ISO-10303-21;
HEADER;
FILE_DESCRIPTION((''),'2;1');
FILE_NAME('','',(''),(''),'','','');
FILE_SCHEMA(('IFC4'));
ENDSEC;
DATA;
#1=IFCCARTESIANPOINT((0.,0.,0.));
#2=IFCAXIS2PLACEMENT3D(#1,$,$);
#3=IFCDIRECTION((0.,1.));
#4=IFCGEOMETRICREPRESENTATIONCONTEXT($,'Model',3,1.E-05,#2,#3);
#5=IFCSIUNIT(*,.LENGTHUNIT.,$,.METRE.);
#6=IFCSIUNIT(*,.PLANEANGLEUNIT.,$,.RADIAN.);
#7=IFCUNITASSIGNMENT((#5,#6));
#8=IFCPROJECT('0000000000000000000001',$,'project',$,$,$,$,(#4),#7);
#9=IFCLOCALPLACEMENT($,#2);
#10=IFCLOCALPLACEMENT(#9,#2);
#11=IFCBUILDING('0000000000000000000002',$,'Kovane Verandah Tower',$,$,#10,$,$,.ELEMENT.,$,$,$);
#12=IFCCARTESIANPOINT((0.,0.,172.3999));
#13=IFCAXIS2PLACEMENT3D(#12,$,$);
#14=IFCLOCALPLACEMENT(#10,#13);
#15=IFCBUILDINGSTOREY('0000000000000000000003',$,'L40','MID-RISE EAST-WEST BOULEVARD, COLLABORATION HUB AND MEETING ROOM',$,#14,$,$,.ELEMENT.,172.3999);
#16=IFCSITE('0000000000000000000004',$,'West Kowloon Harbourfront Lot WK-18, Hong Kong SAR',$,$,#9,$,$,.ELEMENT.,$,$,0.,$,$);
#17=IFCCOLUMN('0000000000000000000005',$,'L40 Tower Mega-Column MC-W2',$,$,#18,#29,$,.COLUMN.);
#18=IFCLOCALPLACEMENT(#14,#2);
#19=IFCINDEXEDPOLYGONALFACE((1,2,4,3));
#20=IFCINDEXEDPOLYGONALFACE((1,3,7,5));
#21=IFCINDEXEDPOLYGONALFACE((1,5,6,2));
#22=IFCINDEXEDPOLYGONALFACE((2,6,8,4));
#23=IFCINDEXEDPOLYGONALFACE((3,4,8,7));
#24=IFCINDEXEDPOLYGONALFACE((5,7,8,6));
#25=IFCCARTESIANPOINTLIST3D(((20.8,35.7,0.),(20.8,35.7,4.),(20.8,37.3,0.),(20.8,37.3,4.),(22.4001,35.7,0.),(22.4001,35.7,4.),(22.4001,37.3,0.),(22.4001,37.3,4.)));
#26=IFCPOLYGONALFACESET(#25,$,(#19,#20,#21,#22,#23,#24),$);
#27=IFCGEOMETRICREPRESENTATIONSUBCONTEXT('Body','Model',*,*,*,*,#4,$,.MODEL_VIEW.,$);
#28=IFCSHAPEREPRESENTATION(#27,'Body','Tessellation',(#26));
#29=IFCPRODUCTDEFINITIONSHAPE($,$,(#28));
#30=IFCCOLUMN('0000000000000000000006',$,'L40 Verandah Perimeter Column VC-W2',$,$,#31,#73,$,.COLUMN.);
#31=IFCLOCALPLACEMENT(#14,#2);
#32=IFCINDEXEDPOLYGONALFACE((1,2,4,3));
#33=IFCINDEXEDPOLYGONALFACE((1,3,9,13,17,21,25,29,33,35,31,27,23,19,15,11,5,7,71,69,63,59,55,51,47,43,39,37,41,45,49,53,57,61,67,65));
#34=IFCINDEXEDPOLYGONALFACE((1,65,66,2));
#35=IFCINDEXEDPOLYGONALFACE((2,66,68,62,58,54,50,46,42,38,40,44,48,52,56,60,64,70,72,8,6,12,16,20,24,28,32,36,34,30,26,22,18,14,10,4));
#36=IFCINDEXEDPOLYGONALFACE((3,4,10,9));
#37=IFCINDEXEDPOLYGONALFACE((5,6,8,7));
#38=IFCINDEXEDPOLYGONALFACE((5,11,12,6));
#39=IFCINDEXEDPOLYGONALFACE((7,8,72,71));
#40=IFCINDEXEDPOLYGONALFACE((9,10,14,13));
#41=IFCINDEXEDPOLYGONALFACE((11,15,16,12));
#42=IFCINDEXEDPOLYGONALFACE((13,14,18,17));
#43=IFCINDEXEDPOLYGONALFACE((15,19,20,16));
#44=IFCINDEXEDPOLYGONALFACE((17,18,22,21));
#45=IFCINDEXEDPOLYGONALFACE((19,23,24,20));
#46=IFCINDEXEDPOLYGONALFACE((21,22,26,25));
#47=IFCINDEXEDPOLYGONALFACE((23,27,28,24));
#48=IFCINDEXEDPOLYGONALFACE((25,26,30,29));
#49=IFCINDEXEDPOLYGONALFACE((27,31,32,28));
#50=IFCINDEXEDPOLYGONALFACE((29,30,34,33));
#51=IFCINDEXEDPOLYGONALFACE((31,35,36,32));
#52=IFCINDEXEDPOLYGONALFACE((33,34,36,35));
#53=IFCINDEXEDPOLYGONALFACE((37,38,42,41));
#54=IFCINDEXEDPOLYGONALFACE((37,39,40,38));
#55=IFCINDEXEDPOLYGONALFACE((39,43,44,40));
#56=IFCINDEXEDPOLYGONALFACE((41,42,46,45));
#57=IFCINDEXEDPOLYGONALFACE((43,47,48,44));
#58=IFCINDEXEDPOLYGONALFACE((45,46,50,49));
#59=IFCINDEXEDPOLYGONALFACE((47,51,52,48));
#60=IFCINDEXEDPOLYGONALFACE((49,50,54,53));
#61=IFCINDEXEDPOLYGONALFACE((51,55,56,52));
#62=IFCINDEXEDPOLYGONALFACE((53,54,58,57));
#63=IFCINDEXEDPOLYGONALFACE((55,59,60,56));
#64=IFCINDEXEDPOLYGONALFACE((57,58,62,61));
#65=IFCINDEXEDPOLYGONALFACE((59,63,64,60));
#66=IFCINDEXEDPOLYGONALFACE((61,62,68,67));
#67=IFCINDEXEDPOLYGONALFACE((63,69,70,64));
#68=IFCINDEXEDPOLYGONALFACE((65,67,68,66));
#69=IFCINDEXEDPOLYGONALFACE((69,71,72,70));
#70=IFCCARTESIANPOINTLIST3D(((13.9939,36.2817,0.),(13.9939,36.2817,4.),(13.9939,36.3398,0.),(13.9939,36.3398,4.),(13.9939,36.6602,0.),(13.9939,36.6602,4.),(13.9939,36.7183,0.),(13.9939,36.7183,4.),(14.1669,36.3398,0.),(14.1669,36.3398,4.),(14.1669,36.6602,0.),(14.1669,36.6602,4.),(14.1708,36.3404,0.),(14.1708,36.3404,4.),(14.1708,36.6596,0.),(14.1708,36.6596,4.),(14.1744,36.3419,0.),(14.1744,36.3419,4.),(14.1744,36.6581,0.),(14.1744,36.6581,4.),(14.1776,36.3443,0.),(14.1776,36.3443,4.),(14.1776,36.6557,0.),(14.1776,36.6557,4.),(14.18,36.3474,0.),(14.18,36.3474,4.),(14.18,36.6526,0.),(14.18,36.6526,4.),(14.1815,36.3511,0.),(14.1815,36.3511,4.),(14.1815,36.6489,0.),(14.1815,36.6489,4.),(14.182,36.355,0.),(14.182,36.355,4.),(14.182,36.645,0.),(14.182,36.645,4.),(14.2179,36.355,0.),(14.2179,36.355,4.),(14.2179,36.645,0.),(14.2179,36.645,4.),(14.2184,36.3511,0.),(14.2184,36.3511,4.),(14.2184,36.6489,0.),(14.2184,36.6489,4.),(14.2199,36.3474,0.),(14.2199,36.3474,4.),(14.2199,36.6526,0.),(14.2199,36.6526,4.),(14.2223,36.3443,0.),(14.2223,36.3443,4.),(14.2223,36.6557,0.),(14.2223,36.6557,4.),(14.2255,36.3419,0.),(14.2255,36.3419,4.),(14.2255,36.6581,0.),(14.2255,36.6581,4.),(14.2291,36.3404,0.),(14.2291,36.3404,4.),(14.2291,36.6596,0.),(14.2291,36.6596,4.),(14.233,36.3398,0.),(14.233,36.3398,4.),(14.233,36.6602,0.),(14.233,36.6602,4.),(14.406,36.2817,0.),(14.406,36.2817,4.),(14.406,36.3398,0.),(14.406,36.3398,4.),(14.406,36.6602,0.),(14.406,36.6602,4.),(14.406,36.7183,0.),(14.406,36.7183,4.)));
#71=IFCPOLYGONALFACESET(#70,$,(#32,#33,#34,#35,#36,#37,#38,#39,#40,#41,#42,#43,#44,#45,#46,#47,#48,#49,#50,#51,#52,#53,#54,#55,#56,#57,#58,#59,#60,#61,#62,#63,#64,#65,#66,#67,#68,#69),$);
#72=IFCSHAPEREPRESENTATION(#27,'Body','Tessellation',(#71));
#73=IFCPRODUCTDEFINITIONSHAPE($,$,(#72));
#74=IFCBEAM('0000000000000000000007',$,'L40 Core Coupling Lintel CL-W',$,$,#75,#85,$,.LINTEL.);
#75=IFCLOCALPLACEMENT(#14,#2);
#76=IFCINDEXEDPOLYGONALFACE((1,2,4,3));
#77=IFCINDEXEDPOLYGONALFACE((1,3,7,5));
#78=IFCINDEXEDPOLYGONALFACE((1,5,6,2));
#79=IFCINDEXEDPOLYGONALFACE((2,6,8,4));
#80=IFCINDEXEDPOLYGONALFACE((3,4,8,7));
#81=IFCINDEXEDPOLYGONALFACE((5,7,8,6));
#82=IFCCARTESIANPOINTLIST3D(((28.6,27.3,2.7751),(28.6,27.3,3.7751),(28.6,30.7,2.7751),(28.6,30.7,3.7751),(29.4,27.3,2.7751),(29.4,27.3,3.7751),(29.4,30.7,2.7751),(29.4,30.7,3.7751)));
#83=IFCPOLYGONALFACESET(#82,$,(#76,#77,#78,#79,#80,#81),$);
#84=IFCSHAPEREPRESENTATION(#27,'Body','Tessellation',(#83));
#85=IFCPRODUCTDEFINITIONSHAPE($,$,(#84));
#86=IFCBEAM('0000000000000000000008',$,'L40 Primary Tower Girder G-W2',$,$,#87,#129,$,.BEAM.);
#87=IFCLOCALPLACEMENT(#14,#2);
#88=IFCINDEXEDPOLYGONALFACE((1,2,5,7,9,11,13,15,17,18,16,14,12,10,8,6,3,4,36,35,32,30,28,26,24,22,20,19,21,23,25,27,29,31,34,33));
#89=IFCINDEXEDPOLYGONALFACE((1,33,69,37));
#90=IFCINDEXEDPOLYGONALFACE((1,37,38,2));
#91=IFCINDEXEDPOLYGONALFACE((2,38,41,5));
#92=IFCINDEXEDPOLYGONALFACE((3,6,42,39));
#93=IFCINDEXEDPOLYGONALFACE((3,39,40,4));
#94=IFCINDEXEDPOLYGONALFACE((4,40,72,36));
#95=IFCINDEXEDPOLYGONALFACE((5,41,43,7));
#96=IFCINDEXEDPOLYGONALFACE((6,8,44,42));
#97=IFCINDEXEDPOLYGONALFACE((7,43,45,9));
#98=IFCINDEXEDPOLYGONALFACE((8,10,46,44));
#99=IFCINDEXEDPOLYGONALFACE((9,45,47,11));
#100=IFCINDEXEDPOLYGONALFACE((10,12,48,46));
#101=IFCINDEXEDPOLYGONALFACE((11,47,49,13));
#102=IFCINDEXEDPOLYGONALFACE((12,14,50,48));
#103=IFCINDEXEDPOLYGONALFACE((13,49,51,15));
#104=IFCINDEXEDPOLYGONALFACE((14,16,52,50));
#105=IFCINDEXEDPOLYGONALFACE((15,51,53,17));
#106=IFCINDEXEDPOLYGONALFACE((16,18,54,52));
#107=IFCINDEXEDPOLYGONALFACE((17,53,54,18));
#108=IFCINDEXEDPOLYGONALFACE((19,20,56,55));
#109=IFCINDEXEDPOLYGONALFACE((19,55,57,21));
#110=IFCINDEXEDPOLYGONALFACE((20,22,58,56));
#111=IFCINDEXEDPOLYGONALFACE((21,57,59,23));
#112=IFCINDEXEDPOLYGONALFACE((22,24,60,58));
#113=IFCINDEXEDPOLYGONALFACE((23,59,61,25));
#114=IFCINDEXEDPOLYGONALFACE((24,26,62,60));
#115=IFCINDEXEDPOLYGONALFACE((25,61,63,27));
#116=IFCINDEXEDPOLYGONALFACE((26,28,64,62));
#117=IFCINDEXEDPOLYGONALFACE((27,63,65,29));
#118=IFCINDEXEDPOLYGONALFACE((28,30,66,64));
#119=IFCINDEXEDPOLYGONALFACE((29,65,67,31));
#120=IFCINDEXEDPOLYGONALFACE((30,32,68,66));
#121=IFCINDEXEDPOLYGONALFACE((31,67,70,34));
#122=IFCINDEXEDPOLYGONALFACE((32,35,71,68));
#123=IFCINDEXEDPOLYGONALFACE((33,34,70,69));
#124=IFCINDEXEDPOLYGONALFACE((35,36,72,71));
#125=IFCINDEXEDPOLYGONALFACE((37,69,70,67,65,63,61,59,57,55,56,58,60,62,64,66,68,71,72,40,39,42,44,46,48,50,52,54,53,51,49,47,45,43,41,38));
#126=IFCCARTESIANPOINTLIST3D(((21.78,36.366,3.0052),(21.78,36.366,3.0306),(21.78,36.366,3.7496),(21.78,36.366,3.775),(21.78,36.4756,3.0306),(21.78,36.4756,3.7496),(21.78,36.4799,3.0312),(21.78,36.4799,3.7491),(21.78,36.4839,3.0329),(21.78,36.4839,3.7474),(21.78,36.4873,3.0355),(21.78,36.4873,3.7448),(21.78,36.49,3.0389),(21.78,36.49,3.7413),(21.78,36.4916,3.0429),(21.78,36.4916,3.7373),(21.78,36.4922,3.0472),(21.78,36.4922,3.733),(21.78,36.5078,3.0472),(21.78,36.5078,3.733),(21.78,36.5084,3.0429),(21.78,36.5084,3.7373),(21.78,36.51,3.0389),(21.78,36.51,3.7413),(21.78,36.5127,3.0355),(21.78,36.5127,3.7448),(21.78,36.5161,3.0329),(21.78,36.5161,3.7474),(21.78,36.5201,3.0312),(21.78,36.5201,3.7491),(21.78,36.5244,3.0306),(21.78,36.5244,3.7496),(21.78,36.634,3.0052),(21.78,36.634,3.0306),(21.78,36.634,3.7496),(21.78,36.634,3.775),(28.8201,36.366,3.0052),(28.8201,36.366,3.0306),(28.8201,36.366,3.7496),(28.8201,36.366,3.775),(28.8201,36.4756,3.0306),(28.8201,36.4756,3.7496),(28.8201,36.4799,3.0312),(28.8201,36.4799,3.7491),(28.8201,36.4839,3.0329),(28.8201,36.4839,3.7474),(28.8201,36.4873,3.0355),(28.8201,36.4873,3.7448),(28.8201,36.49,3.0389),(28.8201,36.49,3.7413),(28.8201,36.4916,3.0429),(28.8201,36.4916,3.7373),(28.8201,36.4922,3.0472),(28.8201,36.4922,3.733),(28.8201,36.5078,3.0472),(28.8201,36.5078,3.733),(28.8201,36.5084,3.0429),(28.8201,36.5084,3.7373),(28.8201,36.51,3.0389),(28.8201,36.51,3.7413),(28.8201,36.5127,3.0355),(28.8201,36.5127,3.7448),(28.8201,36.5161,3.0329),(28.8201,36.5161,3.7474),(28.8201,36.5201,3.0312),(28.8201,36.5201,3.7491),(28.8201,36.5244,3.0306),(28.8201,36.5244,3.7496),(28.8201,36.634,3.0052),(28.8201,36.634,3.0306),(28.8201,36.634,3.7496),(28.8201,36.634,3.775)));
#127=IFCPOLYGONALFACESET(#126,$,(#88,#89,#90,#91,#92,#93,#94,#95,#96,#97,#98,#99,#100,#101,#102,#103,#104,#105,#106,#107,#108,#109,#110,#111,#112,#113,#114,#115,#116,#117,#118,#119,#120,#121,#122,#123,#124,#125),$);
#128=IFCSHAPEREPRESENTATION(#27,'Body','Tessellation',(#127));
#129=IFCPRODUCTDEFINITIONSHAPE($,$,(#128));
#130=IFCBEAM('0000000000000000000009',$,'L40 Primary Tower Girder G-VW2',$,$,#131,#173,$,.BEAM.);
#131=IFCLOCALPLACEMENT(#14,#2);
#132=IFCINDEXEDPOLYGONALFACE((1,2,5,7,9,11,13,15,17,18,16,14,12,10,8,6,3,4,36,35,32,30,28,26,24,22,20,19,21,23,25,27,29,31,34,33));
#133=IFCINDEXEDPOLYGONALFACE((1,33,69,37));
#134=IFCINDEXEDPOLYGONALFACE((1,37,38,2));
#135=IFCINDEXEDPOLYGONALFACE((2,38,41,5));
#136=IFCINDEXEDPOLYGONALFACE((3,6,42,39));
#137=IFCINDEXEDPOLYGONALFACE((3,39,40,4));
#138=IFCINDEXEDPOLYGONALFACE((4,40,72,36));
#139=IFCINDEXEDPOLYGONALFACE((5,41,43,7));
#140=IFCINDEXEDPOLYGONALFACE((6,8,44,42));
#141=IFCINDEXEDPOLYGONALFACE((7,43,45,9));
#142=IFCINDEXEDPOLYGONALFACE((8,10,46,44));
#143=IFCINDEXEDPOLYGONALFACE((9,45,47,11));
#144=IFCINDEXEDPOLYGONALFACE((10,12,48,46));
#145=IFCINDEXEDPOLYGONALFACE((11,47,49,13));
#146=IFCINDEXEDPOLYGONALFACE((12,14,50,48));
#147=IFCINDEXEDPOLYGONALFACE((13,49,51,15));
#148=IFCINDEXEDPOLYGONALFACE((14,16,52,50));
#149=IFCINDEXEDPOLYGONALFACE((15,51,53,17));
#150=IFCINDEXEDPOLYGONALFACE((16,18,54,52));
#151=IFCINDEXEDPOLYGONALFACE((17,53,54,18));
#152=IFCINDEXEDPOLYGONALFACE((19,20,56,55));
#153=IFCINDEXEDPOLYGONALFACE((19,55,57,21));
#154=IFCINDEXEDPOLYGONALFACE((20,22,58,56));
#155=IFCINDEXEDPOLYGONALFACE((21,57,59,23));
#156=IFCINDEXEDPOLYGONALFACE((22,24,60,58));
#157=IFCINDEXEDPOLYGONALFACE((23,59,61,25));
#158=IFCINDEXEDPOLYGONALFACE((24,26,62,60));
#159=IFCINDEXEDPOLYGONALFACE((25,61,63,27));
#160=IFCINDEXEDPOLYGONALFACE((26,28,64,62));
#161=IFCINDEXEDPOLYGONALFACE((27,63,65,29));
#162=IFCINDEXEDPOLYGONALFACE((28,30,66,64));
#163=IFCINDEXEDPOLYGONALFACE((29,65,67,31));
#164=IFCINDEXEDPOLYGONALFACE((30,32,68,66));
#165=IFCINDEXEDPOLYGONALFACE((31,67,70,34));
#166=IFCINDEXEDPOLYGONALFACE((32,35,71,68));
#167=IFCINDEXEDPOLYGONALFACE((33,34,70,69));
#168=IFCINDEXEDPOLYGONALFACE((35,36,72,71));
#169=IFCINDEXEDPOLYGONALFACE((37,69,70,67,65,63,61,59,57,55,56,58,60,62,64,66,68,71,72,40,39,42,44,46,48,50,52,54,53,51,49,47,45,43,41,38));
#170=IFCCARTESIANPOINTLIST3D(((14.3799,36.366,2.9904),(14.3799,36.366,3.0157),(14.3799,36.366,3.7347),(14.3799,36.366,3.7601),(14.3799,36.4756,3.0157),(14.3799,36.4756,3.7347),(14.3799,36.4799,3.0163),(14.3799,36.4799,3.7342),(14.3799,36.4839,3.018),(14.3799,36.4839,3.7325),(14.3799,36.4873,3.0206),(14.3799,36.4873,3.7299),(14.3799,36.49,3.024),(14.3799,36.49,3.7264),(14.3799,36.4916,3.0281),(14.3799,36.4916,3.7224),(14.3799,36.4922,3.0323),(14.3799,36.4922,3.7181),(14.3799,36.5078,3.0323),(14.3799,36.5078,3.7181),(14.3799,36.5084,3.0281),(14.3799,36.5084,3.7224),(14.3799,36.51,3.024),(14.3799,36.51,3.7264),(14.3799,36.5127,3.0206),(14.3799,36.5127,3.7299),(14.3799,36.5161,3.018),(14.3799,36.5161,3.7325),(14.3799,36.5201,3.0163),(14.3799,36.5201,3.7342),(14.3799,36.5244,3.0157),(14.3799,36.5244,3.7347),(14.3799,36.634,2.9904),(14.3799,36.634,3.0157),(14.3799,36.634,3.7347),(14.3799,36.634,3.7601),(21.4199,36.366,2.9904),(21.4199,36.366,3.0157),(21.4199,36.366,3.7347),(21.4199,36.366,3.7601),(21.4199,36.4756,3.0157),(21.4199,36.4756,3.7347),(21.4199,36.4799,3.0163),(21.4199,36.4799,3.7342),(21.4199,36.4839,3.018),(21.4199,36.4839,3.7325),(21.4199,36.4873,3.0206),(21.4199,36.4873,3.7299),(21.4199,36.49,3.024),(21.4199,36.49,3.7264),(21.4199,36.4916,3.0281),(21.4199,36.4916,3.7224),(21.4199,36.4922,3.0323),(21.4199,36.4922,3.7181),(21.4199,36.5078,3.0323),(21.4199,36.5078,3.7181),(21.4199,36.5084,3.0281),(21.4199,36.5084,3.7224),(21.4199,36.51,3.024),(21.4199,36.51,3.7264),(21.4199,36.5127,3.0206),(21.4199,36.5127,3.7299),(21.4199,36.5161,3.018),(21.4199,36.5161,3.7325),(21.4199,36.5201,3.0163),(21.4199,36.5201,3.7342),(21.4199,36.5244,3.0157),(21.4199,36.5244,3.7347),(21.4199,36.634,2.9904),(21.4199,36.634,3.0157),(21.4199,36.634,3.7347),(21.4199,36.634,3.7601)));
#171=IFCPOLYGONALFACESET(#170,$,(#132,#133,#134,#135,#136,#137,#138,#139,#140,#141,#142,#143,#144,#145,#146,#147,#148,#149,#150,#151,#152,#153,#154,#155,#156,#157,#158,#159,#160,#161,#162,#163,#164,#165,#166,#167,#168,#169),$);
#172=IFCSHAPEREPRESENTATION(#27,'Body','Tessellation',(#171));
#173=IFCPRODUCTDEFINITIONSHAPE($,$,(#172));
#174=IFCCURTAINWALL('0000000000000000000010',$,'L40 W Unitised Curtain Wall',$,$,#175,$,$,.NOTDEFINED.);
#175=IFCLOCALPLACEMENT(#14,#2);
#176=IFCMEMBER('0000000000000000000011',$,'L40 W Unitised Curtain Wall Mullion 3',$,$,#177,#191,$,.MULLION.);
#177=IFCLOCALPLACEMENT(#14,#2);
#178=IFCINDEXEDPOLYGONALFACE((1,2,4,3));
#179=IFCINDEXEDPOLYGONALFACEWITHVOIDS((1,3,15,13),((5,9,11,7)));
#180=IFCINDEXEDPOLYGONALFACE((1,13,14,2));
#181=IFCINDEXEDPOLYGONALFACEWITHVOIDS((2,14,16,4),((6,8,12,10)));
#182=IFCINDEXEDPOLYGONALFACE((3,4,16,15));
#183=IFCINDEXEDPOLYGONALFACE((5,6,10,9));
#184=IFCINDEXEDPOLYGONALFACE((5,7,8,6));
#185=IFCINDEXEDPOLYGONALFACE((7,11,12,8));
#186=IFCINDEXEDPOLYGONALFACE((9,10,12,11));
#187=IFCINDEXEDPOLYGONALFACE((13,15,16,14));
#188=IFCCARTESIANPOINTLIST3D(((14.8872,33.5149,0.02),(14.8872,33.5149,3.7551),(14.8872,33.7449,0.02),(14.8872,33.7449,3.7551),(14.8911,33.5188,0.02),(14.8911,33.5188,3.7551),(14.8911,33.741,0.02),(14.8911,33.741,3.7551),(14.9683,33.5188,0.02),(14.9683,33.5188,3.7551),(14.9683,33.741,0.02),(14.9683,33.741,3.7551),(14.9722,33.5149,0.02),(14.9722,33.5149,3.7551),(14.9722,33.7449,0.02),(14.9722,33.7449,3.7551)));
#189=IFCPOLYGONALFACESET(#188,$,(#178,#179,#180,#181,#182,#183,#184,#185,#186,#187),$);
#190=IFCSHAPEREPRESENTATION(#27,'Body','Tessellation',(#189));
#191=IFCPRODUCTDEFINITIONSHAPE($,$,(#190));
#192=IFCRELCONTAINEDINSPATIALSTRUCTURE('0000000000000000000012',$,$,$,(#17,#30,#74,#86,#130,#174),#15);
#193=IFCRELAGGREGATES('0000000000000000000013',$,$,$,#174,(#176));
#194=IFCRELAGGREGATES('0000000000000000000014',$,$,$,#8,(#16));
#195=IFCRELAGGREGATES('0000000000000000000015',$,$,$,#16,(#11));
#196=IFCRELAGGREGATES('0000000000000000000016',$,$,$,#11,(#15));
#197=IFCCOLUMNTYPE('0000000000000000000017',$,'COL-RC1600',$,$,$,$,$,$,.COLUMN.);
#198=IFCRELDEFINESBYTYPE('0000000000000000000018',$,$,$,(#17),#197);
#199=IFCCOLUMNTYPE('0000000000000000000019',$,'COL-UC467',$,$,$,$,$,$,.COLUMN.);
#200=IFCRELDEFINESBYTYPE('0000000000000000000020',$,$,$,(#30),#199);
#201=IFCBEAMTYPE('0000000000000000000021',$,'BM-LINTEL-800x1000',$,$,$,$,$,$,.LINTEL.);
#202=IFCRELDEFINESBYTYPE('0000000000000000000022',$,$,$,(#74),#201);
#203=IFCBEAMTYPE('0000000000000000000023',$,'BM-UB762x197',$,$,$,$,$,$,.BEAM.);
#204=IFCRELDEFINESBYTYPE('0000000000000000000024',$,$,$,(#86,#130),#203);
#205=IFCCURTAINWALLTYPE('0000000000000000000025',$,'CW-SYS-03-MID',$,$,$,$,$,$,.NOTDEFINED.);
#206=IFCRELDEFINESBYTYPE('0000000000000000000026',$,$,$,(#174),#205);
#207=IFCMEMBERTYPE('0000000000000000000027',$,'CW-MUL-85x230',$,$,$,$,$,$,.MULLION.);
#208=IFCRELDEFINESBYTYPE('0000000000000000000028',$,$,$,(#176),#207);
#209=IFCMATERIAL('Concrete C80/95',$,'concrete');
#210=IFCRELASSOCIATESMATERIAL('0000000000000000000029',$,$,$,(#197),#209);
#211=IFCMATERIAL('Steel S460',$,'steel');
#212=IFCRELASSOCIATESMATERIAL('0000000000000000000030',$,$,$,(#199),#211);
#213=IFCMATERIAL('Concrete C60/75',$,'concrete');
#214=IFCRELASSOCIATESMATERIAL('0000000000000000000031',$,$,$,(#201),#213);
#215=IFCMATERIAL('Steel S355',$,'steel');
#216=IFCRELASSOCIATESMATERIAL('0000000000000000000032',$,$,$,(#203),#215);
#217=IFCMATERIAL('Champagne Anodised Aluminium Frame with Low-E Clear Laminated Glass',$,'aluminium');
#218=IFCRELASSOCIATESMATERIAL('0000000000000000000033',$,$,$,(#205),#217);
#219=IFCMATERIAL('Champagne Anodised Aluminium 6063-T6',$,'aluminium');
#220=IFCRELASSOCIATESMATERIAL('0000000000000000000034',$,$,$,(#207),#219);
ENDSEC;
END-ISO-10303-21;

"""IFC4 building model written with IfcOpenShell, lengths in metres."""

from ifc_helpers import new_model, si_unit, direction, frame, origin, origin_2d, place, context, subcontext, project, spatial, rectangle, hollow_rectangle, i_section, extrude, material, material_profile, profile_set, type_object, element, aggregate, save


model = new_model("IFC4")

# Units and contexts
model_context = context("Model", 3, precision=1e-05, world=origin(), true_north=direction((0.0, 1.0)))
body_context = subcontext(model_context, "Body", "Model", "MODEL_VIEW")
ifc_project = project(units=[si_unit("LENGTHUNIT", "METRE"), si_unit("PLANEANGLEUNIT", "RADIAN")], contexts=[model_context])

# Site, building, storey
site_placement = place(None, origin())
site = spatial("IfcSite", under=ifc_project, at=site_placement, Name="West Kowloon Harbourfront Lot WK-18, Hong Kong SAR", CompositionType="ELEMENT", RefElevation=0.0)
building_placement = place(site_placement, origin())
building = spatial("IfcBuilding", under=site, at=building_placement, Name="Kovane Verandah Tower", CompositionType="ELEMENT")
storey_placement = place(building_placement, frame((0.0, 0.0, 172.3999)))
storey = spatial("IfcBuildingStorey", under=building, at=storey_placement, Name="L40", Description="MID-RISE EAST-WEST BOULEVARD, COLLABORATION HUB AND MEETING ROOM", CompositionType="ELEMENT", Elevation=172.3999)

# Columns
ifc_material_1 = material(Name="Concrete C80/95", Category="concrete")
ifc_material_profile_1 = material_profile(ifc_material_1, rectangle(XDim=1.6001, YDim=1.6001, at=origin_2d()), Name="RC1600x1600")
ifc_profile_set_1 = profile_set([ifc_material_profile_1], Name="Concrete C80/95")
column_type_1 = type_object("IfcColumnType", Name="COL-RC1600", PredefinedType="COLUMN", material=ifc_profile_set_1)
column_1_placement = place(storey_placement, frame((21.6001, 36.5, 0.0), z_axis=(0.0, 0.0, 1.0), x_axis=(1.0, 0.0, 0.0)))
element("IfcColumn", 1, at=column_1_placement, inside=storey, type_object=column_type_1, Name="L40 Tower Mega-Column MC-W2", PredefinedType="COLUMN", context=body_context, shape_type="SweptSolid", body=[
    extrude(rectangle(XDim=1.6001, YDim=1.6001, at=origin_2d()), origin(), (0.0, 0.0, 1.0), 4.0),
])
ifc_material_2 = material(Name="Steel S460", Category="steel")
ifc_material_profile_2 = material_profile(ifc_material_2, i_section(OverallWidth=0.4121, OverallDepth=0.4365, WebThickness=0.0359, FlangeThickness=0.0581, FilletRadius=0.0151, at=origin_2d()), Name="UC356x406x467")
ifc_profile_set_2 = profile_set([ifc_material_profile_2], Name="Steel S460")
column_type_2 = type_object("IfcColumnType", Name="COL-UC467", PredefinedType="COLUMN", material=ifc_profile_set_2)
column_2_placement = place(storey_placement, frame((14.2, 36.5, 0.0), z_axis=(0.0, 0.0, 1.0), x_axis=(1.0, 0.0, 0.0)))
element("IfcColumn", 2, at=column_2_placement, inside=storey, type_object=column_type_2, Name="L40 Verandah Perimeter Column VC-W2", PredefinedType="COLUMN", context=body_context, shape_type="SweptSolid", body=[
    extrude(i_section(OverallWidth=0.4121, OverallDepth=0.4365, WebThickness=0.0359, FlangeThickness=0.0581, FilletRadius=0.0151, at=origin_2d()), origin(), (0.0, 0.0, 1.0), 4.0),
])

# Beams
ifc_material_3 = material(Name="Concrete C60/75", Category="concrete")
ifc_material_profile_3 = material_profile(ifc_material_3, rectangle(XDim=0.8, YDim=1.0, at=origin_2d()), Name="RCB800x1000")
ifc_profile_set_3 = profile_set([ifc_material_profile_3], Name="Concrete C60/75")
beam_type_1 = type_object("IfcBeamType", Name="BM-LINTEL-800x1000", PredefinedType="LINTEL", material=ifc_profile_set_3)
beam_1_placement = place(storey_placement, frame((29.0, 27.3, 3.2751), z_axis=(0.0, 1.0, 0.0), x_axis=(-1.0, 0.0, 0.0)))
element("IfcBeam", 3, at=beam_1_placement, inside=storey, type_object=beam_type_1, Name="L40 Core Coupling Lintel CL-W", PredefinedType="LINTEL", context=body_context, shape_type="SweptSolid", body=[
    extrude(rectangle(XDim=0.8, YDim=1.0, at=origin_2d()), origin(), (0.0, 0.0, 1.0), 3.3999),
])
ifc_material_4 = material(Name="Steel S355", Category="steel")
ifc_material_profile_4 = material_profile(ifc_material_4, i_section(OverallWidth=0.2681, OverallDepth=0.7698, WebThickness=0.0156, FlangeThickness=0.0254, FilletRadius=0.0166, at=origin_2d()), Name="UB762x267x197")
ifc_profile_set_4 = profile_set([ifc_material_profile_4], Name="Steel S355")
beam_type_2 = type_object("IfcBeamType", Name="BM-UB762x197", PredefinedType="BEAM", material=ifc_profile_set_4)
for number, where, z_axis, x_axis, name in (
    (4, (28.8201, 36.5, 3.3901), (-1.0, 0.0, 0.0), (0.0, -1.0, 0.0), "L40 Primary Tower Girder G-W2"),
    (5, (21.4199, 36.5, 3.3752), (-1.0, 0.0, 0.0), (0.0, -1.0, 0.0), "L40 Primary Tower Girder G-VW2"),
):
    element("IfcBeam", number, at=place(storey_placement, frame(where, z_axis=z_axis, x_axis=x_axis)), inside=storey, type_object=beam_type_2, Name=name, PredefinedType="BEAM", context=body_context, shape_type="SweptSolid", body=[
        extrude(i_section(OverallWidth=0.2681, OverallDepth=0.7698, WebThickness=0.0156, FlangeThickness=0.0254, FilletRadius=0.0166, at=origin_2d()), origin(), (0.0, 0.0, 1.0), 7.04),
    ])

# Curtain wall, member
ifc_material_5 = material(Name="Champagne Anodised Aluminium Frame with Low-E Clear Laminated Glass", Category="aluminium")
curtain_wall_type = type_object("IfcCurtainWallType", Name="CW-SYS-03-MID", PredefinedType="NOTDEFINED", material=ifc_material_5)
curtain_wall_placement = place(storey_placement, origin())
curtain_wall = element("IfcCurtainWall", 6, at=curtain_wall_placement, inside=storey, type_object=curtain_wall_type, Name="L40 W Unitised Curtain Wall", PredefinedType="NOTDEFINED")
ifc_material_6 = material(Name="Champagne Anodised Aluminium 6063-T6", Category="aluminium")
ifc_material_profile_5 = material_profile(ifc_material_6, hollow_rectangle(XDim=0.085, YDim=0.23, WallThickness=0.0039, at=origin_2d()), Name="AL85x230x4")
ifc_profile_set_5 = profile_set([ifc_material_profile_5], Name="Champagne Anodised Aluminium 6063-T6")
member_type_1 = type_object("IfcMemberType", Name="CW-MUL-85x230", PredefinedType="MULLION", material=ifc_profile_set_5)
member_1_placement = place(storey_placement, frame((14.9297, 33.6299, 0.02), z_axis=(0.0, 0.0, 1.0), x_axis=(-1.0, 0.0, 0.0)))
member_1 = element("IfcMember", 7, at=member_1_placement, type_object=member_type_1, Name="L40 W Unitised Curtain Wall Mullion 3", PredefinedType="MULLION", context=body_context, shape_type="SweptSolid", body=[
    extrude(hollow_rectangle(XDim=0.085, YDim=0.23, WallThickness=0.0039, at=origin_2d()), origin(), (0.0, 0.0, 1.0), 3.7351),
])

aggregate(curtain_wall, [member_1])

save(model, "model.ifc")
